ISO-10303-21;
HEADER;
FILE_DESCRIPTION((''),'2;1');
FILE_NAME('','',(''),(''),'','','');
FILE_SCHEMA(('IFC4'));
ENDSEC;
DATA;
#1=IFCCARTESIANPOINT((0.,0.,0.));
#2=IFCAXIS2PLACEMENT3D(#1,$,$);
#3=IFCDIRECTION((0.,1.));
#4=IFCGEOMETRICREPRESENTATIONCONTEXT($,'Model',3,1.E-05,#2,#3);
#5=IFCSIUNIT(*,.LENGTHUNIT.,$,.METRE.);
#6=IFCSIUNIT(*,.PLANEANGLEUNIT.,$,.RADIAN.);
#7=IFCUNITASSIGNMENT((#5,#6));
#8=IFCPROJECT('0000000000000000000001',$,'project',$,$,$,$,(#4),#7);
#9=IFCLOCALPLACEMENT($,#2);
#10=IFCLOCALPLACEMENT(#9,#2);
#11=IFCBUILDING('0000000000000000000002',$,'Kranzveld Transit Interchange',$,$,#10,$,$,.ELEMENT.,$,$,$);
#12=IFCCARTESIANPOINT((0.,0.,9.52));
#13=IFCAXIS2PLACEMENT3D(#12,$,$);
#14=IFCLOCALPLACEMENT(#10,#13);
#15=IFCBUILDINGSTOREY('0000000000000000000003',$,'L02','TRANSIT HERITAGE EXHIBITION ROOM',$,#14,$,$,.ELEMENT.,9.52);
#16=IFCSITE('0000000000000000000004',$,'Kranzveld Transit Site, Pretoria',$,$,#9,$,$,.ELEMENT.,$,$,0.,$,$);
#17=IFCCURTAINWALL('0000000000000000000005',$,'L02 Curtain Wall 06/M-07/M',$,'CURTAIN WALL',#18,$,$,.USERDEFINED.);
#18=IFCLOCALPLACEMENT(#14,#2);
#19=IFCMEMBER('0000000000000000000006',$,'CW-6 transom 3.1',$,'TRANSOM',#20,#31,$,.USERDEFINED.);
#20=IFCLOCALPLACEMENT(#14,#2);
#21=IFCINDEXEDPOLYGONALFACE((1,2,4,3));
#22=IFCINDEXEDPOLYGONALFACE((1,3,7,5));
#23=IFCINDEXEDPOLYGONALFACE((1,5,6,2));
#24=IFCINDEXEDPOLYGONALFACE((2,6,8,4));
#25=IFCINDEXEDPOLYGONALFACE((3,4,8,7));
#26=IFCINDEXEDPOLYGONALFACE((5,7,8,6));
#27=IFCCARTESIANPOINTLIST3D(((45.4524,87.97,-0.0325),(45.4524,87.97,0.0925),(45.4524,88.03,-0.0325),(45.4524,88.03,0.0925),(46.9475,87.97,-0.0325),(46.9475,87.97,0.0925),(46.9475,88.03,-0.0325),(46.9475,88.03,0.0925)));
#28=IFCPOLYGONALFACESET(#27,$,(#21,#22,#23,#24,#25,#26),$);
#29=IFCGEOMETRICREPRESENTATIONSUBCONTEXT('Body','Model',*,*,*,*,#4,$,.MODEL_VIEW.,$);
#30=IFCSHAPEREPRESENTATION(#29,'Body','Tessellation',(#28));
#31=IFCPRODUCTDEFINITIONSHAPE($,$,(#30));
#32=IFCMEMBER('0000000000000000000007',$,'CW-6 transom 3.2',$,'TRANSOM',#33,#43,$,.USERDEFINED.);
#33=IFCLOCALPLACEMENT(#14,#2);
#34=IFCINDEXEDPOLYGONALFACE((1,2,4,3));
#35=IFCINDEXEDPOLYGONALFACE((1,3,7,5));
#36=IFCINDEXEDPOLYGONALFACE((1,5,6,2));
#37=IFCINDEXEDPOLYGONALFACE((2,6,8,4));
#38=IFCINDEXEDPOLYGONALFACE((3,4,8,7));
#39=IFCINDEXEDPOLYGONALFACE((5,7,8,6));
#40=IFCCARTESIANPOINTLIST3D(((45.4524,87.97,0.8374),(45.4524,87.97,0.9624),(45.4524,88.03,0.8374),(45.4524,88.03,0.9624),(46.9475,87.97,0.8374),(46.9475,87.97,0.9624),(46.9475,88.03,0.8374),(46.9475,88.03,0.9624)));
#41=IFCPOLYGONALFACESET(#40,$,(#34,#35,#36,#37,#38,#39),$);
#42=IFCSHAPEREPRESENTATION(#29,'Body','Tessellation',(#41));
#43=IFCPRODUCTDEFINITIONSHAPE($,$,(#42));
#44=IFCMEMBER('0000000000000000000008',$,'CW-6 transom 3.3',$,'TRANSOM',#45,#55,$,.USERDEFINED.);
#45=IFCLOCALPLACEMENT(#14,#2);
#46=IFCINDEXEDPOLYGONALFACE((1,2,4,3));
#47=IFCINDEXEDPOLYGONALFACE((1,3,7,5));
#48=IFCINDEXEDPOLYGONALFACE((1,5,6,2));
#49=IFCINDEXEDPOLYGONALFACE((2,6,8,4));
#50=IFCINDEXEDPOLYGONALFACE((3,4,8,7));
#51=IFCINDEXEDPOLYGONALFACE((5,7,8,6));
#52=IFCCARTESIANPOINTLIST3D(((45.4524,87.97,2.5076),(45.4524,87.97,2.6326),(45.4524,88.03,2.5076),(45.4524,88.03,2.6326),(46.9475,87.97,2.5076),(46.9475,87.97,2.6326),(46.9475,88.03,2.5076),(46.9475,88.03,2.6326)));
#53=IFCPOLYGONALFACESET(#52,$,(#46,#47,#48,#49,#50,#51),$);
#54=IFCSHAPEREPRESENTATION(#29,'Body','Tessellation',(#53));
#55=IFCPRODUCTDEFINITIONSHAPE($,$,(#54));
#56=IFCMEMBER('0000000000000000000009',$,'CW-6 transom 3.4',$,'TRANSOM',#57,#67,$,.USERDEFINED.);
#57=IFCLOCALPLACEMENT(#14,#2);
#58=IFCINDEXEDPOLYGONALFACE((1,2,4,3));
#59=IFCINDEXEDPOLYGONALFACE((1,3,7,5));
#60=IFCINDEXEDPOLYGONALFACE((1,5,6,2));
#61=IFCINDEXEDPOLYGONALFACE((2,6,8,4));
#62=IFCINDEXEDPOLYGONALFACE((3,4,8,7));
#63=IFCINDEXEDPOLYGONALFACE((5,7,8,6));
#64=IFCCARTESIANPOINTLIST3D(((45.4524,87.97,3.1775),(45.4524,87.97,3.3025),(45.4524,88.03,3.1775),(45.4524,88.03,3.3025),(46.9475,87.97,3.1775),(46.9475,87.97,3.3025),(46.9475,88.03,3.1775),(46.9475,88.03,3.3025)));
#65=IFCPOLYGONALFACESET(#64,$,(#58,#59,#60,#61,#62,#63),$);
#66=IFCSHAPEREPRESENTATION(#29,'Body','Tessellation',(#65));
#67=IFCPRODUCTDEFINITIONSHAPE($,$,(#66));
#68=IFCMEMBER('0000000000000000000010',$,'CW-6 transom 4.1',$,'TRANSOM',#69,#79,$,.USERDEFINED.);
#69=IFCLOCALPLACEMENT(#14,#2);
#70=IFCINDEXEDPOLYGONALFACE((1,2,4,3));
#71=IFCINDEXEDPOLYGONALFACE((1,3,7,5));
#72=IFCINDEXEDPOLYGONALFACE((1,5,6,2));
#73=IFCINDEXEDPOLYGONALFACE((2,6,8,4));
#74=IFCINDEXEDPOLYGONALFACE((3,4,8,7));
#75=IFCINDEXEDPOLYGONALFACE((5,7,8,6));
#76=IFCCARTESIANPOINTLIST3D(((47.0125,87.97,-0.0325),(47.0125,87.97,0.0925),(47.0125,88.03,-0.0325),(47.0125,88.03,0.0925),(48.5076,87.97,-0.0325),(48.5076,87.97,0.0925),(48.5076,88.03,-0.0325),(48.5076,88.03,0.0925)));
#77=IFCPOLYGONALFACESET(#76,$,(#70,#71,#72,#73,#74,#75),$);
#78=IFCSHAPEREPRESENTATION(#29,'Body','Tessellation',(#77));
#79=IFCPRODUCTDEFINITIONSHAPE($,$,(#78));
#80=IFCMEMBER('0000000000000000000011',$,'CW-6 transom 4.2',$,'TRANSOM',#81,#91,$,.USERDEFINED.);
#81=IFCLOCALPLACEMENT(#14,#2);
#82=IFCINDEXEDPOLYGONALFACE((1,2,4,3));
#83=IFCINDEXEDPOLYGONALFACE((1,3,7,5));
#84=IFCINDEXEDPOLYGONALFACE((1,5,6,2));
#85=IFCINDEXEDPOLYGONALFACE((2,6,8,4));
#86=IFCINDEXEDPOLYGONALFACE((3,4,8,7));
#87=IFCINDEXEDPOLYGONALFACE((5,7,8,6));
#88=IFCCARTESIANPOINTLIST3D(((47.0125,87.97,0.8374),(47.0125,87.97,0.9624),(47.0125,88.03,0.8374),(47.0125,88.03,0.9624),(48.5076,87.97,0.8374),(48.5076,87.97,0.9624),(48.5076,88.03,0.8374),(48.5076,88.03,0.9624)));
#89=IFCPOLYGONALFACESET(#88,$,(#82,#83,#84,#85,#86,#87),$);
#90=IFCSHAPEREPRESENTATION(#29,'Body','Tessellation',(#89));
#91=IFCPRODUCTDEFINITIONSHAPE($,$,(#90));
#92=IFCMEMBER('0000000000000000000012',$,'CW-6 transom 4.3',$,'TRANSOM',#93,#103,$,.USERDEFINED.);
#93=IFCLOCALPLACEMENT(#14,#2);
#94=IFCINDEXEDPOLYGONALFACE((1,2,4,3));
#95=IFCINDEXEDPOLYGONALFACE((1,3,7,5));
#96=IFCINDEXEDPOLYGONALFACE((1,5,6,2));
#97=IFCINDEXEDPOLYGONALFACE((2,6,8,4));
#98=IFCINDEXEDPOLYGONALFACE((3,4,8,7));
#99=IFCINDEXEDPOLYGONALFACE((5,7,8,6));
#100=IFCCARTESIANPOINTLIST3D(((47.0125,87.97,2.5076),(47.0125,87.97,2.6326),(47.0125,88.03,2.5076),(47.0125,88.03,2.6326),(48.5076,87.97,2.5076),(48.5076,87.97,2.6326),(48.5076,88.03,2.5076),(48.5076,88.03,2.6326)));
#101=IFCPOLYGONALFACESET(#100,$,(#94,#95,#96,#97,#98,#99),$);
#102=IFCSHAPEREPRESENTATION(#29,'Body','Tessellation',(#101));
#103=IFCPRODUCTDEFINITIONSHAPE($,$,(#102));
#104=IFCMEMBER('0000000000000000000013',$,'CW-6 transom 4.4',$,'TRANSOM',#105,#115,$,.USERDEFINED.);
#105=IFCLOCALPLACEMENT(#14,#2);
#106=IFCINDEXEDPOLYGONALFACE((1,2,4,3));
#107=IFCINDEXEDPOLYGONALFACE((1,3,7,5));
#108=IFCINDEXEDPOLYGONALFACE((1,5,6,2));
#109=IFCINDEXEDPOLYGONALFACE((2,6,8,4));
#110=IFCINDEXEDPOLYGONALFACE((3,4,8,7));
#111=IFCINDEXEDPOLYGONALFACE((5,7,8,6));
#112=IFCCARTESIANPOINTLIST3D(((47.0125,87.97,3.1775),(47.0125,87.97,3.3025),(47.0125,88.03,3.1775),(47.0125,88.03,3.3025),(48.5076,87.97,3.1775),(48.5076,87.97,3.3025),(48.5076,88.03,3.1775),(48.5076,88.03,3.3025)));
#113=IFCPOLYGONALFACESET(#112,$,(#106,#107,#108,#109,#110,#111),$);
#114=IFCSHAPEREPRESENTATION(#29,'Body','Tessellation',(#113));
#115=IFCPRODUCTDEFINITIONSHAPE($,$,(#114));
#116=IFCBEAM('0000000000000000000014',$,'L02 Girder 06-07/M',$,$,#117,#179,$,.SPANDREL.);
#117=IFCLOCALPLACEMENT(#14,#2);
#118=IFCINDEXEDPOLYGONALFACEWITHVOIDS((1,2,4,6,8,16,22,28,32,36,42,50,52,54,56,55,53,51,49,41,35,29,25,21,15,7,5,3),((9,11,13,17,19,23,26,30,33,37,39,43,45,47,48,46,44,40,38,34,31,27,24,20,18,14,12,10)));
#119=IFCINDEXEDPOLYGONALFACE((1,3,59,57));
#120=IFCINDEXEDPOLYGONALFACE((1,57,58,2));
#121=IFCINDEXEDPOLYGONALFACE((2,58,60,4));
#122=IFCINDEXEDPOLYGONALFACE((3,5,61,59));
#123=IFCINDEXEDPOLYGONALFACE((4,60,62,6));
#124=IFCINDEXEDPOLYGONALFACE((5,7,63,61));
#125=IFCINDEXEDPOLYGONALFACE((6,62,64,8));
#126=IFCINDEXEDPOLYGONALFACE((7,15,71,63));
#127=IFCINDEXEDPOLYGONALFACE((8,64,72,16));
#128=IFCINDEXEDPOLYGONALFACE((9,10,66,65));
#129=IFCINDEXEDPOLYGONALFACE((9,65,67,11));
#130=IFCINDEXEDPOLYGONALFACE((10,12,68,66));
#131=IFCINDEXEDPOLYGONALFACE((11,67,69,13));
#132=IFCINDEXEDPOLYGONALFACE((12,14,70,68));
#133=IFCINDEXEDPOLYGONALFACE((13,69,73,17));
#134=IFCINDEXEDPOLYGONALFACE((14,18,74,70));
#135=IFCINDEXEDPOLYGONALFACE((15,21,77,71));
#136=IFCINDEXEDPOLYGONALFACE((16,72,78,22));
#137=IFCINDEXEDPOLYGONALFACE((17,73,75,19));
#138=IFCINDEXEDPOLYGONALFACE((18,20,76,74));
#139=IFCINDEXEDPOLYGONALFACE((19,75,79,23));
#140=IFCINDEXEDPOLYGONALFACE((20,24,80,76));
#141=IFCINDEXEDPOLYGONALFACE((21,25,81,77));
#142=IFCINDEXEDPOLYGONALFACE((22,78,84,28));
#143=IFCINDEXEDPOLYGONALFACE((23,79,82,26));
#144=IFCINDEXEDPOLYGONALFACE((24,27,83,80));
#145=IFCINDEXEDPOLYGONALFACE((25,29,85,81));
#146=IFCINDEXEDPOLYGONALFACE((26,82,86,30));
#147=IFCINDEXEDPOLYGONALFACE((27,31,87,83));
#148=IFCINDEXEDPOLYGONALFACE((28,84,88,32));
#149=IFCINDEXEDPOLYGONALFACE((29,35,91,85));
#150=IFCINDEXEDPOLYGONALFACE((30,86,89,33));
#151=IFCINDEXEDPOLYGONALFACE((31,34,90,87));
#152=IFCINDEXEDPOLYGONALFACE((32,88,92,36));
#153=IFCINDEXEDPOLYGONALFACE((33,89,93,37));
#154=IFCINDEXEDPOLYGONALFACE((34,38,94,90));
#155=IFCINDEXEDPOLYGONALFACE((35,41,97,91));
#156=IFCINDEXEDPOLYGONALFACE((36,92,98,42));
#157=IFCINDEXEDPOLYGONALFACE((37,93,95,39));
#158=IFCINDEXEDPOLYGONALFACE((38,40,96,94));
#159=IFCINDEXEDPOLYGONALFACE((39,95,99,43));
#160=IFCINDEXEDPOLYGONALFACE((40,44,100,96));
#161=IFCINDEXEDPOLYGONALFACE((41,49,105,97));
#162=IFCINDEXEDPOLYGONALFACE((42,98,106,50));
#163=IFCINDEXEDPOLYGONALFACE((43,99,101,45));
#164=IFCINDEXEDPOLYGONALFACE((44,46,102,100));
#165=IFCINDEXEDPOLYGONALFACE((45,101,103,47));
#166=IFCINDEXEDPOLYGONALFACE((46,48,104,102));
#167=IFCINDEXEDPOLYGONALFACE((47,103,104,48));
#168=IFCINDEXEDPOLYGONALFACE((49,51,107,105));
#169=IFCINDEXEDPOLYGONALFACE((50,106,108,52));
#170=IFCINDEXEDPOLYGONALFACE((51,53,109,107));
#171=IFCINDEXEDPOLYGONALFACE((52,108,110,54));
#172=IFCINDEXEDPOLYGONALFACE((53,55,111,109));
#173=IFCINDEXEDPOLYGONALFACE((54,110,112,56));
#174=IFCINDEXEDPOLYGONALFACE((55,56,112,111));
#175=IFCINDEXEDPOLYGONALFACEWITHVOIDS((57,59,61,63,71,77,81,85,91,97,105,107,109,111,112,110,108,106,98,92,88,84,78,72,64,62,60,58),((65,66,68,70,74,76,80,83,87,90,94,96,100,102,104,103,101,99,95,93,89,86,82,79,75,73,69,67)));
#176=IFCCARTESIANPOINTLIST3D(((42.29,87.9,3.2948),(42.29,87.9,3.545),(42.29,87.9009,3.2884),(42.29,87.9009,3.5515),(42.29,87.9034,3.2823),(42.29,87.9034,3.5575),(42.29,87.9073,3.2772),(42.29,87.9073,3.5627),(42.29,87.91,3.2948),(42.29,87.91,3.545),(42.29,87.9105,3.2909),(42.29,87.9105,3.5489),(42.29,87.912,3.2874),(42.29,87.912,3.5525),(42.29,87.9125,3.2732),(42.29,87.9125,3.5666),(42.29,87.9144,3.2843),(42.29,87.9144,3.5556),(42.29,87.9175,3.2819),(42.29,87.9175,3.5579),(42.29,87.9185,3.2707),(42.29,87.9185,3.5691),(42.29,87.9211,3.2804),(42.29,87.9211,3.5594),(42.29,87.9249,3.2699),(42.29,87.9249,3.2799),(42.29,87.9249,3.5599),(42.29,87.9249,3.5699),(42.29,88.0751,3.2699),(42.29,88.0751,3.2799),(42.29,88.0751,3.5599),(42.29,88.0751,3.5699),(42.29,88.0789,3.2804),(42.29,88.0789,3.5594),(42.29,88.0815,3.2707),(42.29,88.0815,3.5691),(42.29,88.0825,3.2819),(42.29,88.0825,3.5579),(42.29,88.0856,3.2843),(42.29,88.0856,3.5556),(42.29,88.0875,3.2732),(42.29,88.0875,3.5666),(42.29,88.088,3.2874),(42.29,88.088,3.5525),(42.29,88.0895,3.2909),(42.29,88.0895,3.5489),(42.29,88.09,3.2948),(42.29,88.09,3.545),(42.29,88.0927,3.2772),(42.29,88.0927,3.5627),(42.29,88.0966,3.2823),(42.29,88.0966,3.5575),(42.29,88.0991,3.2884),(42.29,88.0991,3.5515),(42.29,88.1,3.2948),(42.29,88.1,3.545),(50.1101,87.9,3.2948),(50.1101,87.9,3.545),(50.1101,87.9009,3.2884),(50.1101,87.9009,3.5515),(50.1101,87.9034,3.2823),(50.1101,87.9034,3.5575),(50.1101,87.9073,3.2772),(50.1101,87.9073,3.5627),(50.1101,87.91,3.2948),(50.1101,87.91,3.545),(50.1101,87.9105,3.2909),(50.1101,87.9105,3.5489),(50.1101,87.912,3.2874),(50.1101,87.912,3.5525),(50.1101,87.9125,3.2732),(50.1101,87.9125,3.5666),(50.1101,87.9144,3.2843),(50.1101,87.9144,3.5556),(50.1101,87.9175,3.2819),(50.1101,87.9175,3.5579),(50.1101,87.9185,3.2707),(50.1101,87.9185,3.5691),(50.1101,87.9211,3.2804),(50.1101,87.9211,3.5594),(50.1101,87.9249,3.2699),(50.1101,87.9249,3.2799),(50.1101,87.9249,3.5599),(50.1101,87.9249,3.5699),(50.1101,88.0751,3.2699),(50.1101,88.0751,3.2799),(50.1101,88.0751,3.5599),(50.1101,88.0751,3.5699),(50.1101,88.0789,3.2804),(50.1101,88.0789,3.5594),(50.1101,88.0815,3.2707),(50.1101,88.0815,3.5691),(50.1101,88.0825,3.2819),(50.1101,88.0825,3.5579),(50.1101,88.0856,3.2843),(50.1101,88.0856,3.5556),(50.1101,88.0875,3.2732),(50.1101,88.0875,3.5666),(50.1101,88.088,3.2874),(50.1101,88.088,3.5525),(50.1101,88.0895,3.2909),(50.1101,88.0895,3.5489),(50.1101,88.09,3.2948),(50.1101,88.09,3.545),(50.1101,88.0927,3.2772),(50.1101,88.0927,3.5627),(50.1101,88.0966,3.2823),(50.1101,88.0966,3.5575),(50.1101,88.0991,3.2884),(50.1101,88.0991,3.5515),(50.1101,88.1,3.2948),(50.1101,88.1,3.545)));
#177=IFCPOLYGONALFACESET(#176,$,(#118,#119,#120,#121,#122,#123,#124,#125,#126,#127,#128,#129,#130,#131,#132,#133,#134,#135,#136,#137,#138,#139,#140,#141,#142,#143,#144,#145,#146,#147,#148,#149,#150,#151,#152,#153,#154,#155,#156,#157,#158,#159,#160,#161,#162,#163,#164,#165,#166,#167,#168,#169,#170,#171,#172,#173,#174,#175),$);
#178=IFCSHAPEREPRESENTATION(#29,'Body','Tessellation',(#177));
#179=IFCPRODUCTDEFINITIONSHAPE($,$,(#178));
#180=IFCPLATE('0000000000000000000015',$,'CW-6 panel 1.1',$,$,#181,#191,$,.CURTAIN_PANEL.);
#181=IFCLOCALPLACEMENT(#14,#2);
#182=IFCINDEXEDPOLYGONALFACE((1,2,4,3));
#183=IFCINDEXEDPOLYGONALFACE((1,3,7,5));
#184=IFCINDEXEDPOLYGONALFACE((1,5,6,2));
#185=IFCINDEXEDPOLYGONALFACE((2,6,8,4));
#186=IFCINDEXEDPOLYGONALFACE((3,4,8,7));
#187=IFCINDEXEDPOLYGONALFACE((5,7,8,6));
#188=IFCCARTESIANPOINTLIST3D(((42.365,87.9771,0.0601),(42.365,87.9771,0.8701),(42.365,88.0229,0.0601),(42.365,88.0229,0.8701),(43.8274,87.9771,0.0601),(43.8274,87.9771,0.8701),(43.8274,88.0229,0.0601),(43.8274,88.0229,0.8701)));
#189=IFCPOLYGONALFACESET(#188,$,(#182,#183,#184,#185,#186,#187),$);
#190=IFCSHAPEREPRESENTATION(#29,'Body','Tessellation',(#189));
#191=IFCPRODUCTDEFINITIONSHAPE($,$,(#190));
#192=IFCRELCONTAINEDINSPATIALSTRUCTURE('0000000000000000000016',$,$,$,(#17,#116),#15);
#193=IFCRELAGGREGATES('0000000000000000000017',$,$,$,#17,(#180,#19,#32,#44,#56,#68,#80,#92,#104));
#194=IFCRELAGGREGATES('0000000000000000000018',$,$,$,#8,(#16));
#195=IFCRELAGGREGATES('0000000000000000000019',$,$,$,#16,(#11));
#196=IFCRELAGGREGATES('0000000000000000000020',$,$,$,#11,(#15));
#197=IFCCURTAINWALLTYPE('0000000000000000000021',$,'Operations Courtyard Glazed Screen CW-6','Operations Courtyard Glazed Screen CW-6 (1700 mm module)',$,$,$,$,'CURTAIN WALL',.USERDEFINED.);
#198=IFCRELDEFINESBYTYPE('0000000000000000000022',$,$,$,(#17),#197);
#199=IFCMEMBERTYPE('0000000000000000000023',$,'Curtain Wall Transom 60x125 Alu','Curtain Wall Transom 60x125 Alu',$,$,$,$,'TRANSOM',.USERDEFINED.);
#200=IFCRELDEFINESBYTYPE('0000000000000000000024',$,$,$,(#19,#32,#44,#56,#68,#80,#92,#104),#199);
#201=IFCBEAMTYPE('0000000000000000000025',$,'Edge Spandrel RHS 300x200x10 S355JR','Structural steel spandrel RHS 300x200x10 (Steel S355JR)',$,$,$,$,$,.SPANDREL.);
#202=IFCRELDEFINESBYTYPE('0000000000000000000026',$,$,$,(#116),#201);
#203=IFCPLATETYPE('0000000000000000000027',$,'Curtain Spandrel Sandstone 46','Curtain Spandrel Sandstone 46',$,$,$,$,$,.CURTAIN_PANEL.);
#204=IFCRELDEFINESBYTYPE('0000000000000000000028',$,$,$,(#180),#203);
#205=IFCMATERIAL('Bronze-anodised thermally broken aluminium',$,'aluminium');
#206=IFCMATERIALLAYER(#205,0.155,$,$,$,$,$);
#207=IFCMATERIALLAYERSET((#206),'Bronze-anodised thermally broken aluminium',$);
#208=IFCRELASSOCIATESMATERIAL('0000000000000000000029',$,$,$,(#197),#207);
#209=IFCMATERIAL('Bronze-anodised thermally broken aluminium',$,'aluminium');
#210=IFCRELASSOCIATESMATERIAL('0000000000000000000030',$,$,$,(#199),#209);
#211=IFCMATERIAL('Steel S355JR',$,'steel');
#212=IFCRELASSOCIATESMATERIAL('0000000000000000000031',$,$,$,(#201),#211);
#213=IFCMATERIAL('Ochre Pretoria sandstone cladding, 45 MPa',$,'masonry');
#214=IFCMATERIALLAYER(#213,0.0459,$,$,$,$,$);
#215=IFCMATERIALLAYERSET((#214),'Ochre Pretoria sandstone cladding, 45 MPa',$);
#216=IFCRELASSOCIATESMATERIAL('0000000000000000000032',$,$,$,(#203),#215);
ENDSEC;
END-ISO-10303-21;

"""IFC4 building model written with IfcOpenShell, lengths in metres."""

from ifc_helpers import new_model, si_unit, direction, frame, origin, origin_2d, place, context, subcontext, project, spatial, rectangle, hollow_rectangle, extrude, material, layer, layer_set, material_profile, profile_set, type_object, element, aggregate, save


model = new_model("IFC4")

# Units and contexts
model_context = context("Model", 3, precision=1e-05, world=origin(), true_north=direction((0.0, 1.0)))
body_context = subcontext(model_context, "Body", "Model", "MODEL_VIEW")
ifc_project = project(units=[si_unit("LENGTHUNIT", "METRE"), si_unit("PLANEANGLEUNIT", "RADIAN")], contexts=[model_context])

# Site, building, storey
site_placement = place(None, origin())
site = spatial("IfcSite", under=ifc_project, at=site_placement, Name="Kranzveld Transit Site, Pretoria", CompositionType="ELEMENT", RefElevation=0.0)
building_placement = place(site_placement, origin())
building = spatial("IfcBuilding", under=site, at=building_placement, Name="Kranzveld Transit Interchange", CompositionType="ELEMENT")
storey_placement = place(building_placement, frame((0.0, 0.0, 9.52)))
storey = spatial("IfcBuildingStorey", under=building, at=storey_placement, Name="L02", Description="TRANSIT HERITAGE EXHIBITION ROOM", CompositionType="ELEMENT", Elevation=9.52)

# Curtain wall
ifc_material_1 = material(Name="Bronze-anodised thermally broken aluminium", Category="aluminium")
ifc_layer_1 = layer(ifc_material_1, 0.155)
ifc_layer_set_1 = layer_set([ifc_layer_1], Name="Bronze-anodised thermally broken aluminium")
curtain_wall_type_1 = type_object("IfcCurtainWallType", Name="Operations Courtyard Glazed Screen CW-6", Description="Operations Courtyard Glazed Screen CW-6 (1700 mm module)", ElementType="CURTAIN WALL", PredefinedType="USERDEFINED", material=ifc_layer_set_1)
curtain_wall_1_placement = place(storey_placement, origin())
curtain_wall_1 = element("IfcCurtainWall", 1, at=curtain_wall_1_placement, inside=storey, type_object=curtain_wall_type_1, Name="L02 Curtain Wall 06/M-07/M", ObjectType="CURTAIN WALL", PredefinedType="USERDEFINED")

# Members
ifc_material_2 = material(Name="Bronze-anodised thermally broken aluminium", Category="aluminium")
ifc_material_profile_1 = material_profile(ifc_material_2, rectangle(XDim=0.0601, YDim=0.125, at=origin_2d()), Name="ALU TRANSOM 60x125")
ifc_profile_set_1 = profile_set([ifc_material_profile_1], Name="Bronze-anodised thermally broken aluminium")
member_type_1 = type_object("IfcMemberType", Name="Curtain Wall Transom 60x125 Alu", Description="Curtain Wall Transom 60x125 Alu", ElementType="TRANSOM", PredefinedType="USERDEFINED", material=ifc_profile_set_1)
member_1_placement = place(storey_placement, frame((45.4524, 88.0, 0.03), z_axis=(1.0, 0.0, 0.0), x_axis=(0.0, 1.0, 0.0)))
member_1 = element("IfcMember", 2, at=member_1_placement, type_object=member_type_1, Name="CW-6 transom 3.1", ObjectType="TRANSOM", PredefinedType="USERDEFINED", context=body_context, shape_type="SweptSolid", body=[
    extrude(rectangle(XDim=0.0601, YDim=0.125, at=origin_2d()), origin(), (0.0, 0.0, 1.0), 1.4951),
])
member_2_placement = place(storey_placement, frame((45.4524, 88.0, 0.8999), z_axis=(1.0, 0.0, 0.0), x_axis=(0.0, 1.0, 0.0)))
member_2 = element("IfcMember", 3, at=member_2_placement, type_object=member_type_1, Name="CW-6 transom 3.2", ObjectType="TRANSOM", PredefinedType="USERDEFINED", context=body_context, shape_type="SweptSolid", body=[
    extrude(rectangle(XDim=0.0601, YDim=0.125, at=origin_2d()), origin(), (0.0, 0.0, 1.0), 1.4951),
])
member_3_placement = place(storey_placement, frame((45.4524, 88.0, 2.5701), z_axis=(1.0, 0.0, 0.0), x_axis=(0.0, 1.0, 0.0)))
member_3 = element("IfcMember", 4, at=member_3_placement, type_object=member_type_1, Name="CW-6 transom 3.3", ObjectType="TRANSOM", PredefinedType="USERDEFINED", context=body_context, shape_type="SweptSolid", body=[
    extrude(rectangle(XDim=0.0601, YDim=0.125, at=origin_2d()), origin(), (0.0, 0.0, 1.0), 1.4951),
])
member_4_placement = place(storey_placement, frame((45.4524, 88.0, 3.24), z_axis=(1.0, 0.0, 0.0), x_axis=(0.0, 1.0, 0.0)))
member_4 = element("IfcMember", 5, at=member_4_placement, type_object=member_type_1, Name="CW-6 transom 3.4", ObjectType="TRANSOM", PredefinedType="USERDEFINED", context=body_context, shape_type="SweptSolid", body=[
    extrude(rectangle(XDim=0.0601, YDim=0.125, at=origin_2d()), origin(), (0.0, 0.0, 1.0), 1.4951),
])
member_5_placement = place(storey_placement, frame((47.0125, 88.0, 0.03), z_axis=(1.0, 0.0, 0.0), x_axis=(0.0, 1.0, 0.0)))
member_5 = element("IfcMember", 6, at=member_5_placement, type_object=member_type_1, Name="CW-6 transom 4.1", ObjectType="TRANSOM", PredefinedType="USERDEFINED", context=body_context, shape_type="SweptSolid", body=[
    extrude(rectangle(XDim=0.0601, YDim=0.125, at=origin_2d()), origin(), (0.0, 0.0, 1.0), 1.4951),
])
member_6_placement = place(storey_placement, frame((47.0125, 88.0, 0.8999), z_axis=(1.0, 0.0, 0.0), x_axis=(0.0, 1.0, 0.0)))
member_6 = element("IfcMember", 7, at=member_6_placement, type_object=member_type_1, Name="CW-6 transom 4.2", ObjectType="TRANSOM", PredefinedType="USERDEFINED", context=body_context, shape_type="SweptSolid", body=[
    extrude(rectangle(XDim=0.0601, YDim=0.125, at=origin_2d()), origin(), (0.0, 0.0, 1.0), 1.4951),
])
member_7_placement = place(storey_placement, frame((47.0125, 88.0, 2.5701), z_axis=(1.0, 0.0, 0.0), x_axis=(0.0, 1.0, 0.0)))
member_7 = element("IfcMember", 8, at=member_7_placement, type_object=member_type_1, Name="CW-6 transom 4.3", ObjectType="TRANSOM", PredefinedType="USERDEFINED", context=body_context, shape_type="SweptSolid", body=[
    extrude(rectangle(XDim=0.0601, YDim=0.125, at=origin_2d()), origin(), (0.0, 0.0, 1.0), 1.4951),
])
member_8_placement = place(storey_placement, frame((47.0125, 88.0, 3.24), z_axis=(1.0, 0.0, 0.0), x_axis=(0.0, 1.0, 0.0)))
member_8 = element("IfcMember", 9, at=member_8_placement, type_object=member_type_1, Name="CW-6 transom 4.4", ObjectType="TRANSOM", PredefinedType="USERDEFINED", context=body_context, shape_type="SweptSolid", body=[
    extrude(rectangle(XDim=0.0601, YDim=0.125, at=origin_2d()), origin(), (0.0, 0.0, 1.0), 1.4951),
])

# Beam
ifc_material_3 = material(Name="Steel S355JR", Category="steel")
ifc_material_profile_2 = material_profile(ifc_material_3, hollow_rectangle(XDim=0.2, YDim=0.3, WallThickness=0.01, InnerFilletRadius=0.0149, OuterFilletRadius=0.0249, at=origin_2d()), Name="RHS 300x200x10")
ifc_profile_set_2 = profile_set([ifc_material_profile_2], Name="Steel S355JR")
beam_type = type_object("IfcBeamType", Name="Edge Spandrel RHS 300x200x10 S355JR", Description="Structural steel spandrel RHS 300x200x10 (Steel S355JR)", PredefinedType="SPANDREL", material=ifc_profile_set_2)
beam_placement = place(storey_placement, frame((42.29, 88.0, 3.4199), z_axis=(1.0, 0.0, 0.0), x_axis=(0.0, 1.0, 0.0)))
element("IfcBeam", 10, at=beam_placement, inside=storey, type_object=beam_type, Name="L02 Girder 06-07/M", PredefinedType="SPANDREL", context=body_context, shape_type="SweptSolid", body=[
    extrude(hollow_rectangle(XDim=0.2, YDim=0.3, WallThickness=0.01, InnerFilletRadius=0.0149, OuterFilletRadius=0.0249, at=origin_2d()), origin(), (0.0, 0.0, 1.0), 7.8201),
])

# Plate
ifc_material_4 = material(Name="Ochre Pretoria sandstone cladding, 45 MPa", Category="masonry")
ifc_layer_2 = layer(ifc_material_4, 0.0459)
ifc_layer_set_2 = layer_set([ifc_layer_2], Name="Ochre Pretoria sandstone cladding, 45 MPa")
plate_type = type_object("IfcPlateType", Name="Curtain Spandrel Sandstone 46", Description="Curtain Spandrel Sandstone 46", PredefinedType="CURTAIN_PANEL", material=ifc_layer_set_2)
plate_1_placement = place(storey_placement, frame((43.0962, 88.0, 0.0601), z_axis=(0.0, 0.0, 1.0), x_axis=(1.0, 0.0, 0.0)))
plate_1 = element("IfcPlate", 11, at=plate_1_placement, type_object=plate_type, Name="CW-6 panel 1.1", PredefinedType="CURTAIN_PANEL", context=body_context, shape_type="SweptSolid", body=[
    extrude(rectangle(XDim=1.4624, YDim=0.0459, at=origin_2d()), origin(), (0.0, 0.0, 1.0), 0.8101),
])
aggregate(curtain_wall_1, [plate_1, member_1, member_2, member_3, member_4, member_5, member_6, member_7, member_8])

save(model, "model.ifc")
